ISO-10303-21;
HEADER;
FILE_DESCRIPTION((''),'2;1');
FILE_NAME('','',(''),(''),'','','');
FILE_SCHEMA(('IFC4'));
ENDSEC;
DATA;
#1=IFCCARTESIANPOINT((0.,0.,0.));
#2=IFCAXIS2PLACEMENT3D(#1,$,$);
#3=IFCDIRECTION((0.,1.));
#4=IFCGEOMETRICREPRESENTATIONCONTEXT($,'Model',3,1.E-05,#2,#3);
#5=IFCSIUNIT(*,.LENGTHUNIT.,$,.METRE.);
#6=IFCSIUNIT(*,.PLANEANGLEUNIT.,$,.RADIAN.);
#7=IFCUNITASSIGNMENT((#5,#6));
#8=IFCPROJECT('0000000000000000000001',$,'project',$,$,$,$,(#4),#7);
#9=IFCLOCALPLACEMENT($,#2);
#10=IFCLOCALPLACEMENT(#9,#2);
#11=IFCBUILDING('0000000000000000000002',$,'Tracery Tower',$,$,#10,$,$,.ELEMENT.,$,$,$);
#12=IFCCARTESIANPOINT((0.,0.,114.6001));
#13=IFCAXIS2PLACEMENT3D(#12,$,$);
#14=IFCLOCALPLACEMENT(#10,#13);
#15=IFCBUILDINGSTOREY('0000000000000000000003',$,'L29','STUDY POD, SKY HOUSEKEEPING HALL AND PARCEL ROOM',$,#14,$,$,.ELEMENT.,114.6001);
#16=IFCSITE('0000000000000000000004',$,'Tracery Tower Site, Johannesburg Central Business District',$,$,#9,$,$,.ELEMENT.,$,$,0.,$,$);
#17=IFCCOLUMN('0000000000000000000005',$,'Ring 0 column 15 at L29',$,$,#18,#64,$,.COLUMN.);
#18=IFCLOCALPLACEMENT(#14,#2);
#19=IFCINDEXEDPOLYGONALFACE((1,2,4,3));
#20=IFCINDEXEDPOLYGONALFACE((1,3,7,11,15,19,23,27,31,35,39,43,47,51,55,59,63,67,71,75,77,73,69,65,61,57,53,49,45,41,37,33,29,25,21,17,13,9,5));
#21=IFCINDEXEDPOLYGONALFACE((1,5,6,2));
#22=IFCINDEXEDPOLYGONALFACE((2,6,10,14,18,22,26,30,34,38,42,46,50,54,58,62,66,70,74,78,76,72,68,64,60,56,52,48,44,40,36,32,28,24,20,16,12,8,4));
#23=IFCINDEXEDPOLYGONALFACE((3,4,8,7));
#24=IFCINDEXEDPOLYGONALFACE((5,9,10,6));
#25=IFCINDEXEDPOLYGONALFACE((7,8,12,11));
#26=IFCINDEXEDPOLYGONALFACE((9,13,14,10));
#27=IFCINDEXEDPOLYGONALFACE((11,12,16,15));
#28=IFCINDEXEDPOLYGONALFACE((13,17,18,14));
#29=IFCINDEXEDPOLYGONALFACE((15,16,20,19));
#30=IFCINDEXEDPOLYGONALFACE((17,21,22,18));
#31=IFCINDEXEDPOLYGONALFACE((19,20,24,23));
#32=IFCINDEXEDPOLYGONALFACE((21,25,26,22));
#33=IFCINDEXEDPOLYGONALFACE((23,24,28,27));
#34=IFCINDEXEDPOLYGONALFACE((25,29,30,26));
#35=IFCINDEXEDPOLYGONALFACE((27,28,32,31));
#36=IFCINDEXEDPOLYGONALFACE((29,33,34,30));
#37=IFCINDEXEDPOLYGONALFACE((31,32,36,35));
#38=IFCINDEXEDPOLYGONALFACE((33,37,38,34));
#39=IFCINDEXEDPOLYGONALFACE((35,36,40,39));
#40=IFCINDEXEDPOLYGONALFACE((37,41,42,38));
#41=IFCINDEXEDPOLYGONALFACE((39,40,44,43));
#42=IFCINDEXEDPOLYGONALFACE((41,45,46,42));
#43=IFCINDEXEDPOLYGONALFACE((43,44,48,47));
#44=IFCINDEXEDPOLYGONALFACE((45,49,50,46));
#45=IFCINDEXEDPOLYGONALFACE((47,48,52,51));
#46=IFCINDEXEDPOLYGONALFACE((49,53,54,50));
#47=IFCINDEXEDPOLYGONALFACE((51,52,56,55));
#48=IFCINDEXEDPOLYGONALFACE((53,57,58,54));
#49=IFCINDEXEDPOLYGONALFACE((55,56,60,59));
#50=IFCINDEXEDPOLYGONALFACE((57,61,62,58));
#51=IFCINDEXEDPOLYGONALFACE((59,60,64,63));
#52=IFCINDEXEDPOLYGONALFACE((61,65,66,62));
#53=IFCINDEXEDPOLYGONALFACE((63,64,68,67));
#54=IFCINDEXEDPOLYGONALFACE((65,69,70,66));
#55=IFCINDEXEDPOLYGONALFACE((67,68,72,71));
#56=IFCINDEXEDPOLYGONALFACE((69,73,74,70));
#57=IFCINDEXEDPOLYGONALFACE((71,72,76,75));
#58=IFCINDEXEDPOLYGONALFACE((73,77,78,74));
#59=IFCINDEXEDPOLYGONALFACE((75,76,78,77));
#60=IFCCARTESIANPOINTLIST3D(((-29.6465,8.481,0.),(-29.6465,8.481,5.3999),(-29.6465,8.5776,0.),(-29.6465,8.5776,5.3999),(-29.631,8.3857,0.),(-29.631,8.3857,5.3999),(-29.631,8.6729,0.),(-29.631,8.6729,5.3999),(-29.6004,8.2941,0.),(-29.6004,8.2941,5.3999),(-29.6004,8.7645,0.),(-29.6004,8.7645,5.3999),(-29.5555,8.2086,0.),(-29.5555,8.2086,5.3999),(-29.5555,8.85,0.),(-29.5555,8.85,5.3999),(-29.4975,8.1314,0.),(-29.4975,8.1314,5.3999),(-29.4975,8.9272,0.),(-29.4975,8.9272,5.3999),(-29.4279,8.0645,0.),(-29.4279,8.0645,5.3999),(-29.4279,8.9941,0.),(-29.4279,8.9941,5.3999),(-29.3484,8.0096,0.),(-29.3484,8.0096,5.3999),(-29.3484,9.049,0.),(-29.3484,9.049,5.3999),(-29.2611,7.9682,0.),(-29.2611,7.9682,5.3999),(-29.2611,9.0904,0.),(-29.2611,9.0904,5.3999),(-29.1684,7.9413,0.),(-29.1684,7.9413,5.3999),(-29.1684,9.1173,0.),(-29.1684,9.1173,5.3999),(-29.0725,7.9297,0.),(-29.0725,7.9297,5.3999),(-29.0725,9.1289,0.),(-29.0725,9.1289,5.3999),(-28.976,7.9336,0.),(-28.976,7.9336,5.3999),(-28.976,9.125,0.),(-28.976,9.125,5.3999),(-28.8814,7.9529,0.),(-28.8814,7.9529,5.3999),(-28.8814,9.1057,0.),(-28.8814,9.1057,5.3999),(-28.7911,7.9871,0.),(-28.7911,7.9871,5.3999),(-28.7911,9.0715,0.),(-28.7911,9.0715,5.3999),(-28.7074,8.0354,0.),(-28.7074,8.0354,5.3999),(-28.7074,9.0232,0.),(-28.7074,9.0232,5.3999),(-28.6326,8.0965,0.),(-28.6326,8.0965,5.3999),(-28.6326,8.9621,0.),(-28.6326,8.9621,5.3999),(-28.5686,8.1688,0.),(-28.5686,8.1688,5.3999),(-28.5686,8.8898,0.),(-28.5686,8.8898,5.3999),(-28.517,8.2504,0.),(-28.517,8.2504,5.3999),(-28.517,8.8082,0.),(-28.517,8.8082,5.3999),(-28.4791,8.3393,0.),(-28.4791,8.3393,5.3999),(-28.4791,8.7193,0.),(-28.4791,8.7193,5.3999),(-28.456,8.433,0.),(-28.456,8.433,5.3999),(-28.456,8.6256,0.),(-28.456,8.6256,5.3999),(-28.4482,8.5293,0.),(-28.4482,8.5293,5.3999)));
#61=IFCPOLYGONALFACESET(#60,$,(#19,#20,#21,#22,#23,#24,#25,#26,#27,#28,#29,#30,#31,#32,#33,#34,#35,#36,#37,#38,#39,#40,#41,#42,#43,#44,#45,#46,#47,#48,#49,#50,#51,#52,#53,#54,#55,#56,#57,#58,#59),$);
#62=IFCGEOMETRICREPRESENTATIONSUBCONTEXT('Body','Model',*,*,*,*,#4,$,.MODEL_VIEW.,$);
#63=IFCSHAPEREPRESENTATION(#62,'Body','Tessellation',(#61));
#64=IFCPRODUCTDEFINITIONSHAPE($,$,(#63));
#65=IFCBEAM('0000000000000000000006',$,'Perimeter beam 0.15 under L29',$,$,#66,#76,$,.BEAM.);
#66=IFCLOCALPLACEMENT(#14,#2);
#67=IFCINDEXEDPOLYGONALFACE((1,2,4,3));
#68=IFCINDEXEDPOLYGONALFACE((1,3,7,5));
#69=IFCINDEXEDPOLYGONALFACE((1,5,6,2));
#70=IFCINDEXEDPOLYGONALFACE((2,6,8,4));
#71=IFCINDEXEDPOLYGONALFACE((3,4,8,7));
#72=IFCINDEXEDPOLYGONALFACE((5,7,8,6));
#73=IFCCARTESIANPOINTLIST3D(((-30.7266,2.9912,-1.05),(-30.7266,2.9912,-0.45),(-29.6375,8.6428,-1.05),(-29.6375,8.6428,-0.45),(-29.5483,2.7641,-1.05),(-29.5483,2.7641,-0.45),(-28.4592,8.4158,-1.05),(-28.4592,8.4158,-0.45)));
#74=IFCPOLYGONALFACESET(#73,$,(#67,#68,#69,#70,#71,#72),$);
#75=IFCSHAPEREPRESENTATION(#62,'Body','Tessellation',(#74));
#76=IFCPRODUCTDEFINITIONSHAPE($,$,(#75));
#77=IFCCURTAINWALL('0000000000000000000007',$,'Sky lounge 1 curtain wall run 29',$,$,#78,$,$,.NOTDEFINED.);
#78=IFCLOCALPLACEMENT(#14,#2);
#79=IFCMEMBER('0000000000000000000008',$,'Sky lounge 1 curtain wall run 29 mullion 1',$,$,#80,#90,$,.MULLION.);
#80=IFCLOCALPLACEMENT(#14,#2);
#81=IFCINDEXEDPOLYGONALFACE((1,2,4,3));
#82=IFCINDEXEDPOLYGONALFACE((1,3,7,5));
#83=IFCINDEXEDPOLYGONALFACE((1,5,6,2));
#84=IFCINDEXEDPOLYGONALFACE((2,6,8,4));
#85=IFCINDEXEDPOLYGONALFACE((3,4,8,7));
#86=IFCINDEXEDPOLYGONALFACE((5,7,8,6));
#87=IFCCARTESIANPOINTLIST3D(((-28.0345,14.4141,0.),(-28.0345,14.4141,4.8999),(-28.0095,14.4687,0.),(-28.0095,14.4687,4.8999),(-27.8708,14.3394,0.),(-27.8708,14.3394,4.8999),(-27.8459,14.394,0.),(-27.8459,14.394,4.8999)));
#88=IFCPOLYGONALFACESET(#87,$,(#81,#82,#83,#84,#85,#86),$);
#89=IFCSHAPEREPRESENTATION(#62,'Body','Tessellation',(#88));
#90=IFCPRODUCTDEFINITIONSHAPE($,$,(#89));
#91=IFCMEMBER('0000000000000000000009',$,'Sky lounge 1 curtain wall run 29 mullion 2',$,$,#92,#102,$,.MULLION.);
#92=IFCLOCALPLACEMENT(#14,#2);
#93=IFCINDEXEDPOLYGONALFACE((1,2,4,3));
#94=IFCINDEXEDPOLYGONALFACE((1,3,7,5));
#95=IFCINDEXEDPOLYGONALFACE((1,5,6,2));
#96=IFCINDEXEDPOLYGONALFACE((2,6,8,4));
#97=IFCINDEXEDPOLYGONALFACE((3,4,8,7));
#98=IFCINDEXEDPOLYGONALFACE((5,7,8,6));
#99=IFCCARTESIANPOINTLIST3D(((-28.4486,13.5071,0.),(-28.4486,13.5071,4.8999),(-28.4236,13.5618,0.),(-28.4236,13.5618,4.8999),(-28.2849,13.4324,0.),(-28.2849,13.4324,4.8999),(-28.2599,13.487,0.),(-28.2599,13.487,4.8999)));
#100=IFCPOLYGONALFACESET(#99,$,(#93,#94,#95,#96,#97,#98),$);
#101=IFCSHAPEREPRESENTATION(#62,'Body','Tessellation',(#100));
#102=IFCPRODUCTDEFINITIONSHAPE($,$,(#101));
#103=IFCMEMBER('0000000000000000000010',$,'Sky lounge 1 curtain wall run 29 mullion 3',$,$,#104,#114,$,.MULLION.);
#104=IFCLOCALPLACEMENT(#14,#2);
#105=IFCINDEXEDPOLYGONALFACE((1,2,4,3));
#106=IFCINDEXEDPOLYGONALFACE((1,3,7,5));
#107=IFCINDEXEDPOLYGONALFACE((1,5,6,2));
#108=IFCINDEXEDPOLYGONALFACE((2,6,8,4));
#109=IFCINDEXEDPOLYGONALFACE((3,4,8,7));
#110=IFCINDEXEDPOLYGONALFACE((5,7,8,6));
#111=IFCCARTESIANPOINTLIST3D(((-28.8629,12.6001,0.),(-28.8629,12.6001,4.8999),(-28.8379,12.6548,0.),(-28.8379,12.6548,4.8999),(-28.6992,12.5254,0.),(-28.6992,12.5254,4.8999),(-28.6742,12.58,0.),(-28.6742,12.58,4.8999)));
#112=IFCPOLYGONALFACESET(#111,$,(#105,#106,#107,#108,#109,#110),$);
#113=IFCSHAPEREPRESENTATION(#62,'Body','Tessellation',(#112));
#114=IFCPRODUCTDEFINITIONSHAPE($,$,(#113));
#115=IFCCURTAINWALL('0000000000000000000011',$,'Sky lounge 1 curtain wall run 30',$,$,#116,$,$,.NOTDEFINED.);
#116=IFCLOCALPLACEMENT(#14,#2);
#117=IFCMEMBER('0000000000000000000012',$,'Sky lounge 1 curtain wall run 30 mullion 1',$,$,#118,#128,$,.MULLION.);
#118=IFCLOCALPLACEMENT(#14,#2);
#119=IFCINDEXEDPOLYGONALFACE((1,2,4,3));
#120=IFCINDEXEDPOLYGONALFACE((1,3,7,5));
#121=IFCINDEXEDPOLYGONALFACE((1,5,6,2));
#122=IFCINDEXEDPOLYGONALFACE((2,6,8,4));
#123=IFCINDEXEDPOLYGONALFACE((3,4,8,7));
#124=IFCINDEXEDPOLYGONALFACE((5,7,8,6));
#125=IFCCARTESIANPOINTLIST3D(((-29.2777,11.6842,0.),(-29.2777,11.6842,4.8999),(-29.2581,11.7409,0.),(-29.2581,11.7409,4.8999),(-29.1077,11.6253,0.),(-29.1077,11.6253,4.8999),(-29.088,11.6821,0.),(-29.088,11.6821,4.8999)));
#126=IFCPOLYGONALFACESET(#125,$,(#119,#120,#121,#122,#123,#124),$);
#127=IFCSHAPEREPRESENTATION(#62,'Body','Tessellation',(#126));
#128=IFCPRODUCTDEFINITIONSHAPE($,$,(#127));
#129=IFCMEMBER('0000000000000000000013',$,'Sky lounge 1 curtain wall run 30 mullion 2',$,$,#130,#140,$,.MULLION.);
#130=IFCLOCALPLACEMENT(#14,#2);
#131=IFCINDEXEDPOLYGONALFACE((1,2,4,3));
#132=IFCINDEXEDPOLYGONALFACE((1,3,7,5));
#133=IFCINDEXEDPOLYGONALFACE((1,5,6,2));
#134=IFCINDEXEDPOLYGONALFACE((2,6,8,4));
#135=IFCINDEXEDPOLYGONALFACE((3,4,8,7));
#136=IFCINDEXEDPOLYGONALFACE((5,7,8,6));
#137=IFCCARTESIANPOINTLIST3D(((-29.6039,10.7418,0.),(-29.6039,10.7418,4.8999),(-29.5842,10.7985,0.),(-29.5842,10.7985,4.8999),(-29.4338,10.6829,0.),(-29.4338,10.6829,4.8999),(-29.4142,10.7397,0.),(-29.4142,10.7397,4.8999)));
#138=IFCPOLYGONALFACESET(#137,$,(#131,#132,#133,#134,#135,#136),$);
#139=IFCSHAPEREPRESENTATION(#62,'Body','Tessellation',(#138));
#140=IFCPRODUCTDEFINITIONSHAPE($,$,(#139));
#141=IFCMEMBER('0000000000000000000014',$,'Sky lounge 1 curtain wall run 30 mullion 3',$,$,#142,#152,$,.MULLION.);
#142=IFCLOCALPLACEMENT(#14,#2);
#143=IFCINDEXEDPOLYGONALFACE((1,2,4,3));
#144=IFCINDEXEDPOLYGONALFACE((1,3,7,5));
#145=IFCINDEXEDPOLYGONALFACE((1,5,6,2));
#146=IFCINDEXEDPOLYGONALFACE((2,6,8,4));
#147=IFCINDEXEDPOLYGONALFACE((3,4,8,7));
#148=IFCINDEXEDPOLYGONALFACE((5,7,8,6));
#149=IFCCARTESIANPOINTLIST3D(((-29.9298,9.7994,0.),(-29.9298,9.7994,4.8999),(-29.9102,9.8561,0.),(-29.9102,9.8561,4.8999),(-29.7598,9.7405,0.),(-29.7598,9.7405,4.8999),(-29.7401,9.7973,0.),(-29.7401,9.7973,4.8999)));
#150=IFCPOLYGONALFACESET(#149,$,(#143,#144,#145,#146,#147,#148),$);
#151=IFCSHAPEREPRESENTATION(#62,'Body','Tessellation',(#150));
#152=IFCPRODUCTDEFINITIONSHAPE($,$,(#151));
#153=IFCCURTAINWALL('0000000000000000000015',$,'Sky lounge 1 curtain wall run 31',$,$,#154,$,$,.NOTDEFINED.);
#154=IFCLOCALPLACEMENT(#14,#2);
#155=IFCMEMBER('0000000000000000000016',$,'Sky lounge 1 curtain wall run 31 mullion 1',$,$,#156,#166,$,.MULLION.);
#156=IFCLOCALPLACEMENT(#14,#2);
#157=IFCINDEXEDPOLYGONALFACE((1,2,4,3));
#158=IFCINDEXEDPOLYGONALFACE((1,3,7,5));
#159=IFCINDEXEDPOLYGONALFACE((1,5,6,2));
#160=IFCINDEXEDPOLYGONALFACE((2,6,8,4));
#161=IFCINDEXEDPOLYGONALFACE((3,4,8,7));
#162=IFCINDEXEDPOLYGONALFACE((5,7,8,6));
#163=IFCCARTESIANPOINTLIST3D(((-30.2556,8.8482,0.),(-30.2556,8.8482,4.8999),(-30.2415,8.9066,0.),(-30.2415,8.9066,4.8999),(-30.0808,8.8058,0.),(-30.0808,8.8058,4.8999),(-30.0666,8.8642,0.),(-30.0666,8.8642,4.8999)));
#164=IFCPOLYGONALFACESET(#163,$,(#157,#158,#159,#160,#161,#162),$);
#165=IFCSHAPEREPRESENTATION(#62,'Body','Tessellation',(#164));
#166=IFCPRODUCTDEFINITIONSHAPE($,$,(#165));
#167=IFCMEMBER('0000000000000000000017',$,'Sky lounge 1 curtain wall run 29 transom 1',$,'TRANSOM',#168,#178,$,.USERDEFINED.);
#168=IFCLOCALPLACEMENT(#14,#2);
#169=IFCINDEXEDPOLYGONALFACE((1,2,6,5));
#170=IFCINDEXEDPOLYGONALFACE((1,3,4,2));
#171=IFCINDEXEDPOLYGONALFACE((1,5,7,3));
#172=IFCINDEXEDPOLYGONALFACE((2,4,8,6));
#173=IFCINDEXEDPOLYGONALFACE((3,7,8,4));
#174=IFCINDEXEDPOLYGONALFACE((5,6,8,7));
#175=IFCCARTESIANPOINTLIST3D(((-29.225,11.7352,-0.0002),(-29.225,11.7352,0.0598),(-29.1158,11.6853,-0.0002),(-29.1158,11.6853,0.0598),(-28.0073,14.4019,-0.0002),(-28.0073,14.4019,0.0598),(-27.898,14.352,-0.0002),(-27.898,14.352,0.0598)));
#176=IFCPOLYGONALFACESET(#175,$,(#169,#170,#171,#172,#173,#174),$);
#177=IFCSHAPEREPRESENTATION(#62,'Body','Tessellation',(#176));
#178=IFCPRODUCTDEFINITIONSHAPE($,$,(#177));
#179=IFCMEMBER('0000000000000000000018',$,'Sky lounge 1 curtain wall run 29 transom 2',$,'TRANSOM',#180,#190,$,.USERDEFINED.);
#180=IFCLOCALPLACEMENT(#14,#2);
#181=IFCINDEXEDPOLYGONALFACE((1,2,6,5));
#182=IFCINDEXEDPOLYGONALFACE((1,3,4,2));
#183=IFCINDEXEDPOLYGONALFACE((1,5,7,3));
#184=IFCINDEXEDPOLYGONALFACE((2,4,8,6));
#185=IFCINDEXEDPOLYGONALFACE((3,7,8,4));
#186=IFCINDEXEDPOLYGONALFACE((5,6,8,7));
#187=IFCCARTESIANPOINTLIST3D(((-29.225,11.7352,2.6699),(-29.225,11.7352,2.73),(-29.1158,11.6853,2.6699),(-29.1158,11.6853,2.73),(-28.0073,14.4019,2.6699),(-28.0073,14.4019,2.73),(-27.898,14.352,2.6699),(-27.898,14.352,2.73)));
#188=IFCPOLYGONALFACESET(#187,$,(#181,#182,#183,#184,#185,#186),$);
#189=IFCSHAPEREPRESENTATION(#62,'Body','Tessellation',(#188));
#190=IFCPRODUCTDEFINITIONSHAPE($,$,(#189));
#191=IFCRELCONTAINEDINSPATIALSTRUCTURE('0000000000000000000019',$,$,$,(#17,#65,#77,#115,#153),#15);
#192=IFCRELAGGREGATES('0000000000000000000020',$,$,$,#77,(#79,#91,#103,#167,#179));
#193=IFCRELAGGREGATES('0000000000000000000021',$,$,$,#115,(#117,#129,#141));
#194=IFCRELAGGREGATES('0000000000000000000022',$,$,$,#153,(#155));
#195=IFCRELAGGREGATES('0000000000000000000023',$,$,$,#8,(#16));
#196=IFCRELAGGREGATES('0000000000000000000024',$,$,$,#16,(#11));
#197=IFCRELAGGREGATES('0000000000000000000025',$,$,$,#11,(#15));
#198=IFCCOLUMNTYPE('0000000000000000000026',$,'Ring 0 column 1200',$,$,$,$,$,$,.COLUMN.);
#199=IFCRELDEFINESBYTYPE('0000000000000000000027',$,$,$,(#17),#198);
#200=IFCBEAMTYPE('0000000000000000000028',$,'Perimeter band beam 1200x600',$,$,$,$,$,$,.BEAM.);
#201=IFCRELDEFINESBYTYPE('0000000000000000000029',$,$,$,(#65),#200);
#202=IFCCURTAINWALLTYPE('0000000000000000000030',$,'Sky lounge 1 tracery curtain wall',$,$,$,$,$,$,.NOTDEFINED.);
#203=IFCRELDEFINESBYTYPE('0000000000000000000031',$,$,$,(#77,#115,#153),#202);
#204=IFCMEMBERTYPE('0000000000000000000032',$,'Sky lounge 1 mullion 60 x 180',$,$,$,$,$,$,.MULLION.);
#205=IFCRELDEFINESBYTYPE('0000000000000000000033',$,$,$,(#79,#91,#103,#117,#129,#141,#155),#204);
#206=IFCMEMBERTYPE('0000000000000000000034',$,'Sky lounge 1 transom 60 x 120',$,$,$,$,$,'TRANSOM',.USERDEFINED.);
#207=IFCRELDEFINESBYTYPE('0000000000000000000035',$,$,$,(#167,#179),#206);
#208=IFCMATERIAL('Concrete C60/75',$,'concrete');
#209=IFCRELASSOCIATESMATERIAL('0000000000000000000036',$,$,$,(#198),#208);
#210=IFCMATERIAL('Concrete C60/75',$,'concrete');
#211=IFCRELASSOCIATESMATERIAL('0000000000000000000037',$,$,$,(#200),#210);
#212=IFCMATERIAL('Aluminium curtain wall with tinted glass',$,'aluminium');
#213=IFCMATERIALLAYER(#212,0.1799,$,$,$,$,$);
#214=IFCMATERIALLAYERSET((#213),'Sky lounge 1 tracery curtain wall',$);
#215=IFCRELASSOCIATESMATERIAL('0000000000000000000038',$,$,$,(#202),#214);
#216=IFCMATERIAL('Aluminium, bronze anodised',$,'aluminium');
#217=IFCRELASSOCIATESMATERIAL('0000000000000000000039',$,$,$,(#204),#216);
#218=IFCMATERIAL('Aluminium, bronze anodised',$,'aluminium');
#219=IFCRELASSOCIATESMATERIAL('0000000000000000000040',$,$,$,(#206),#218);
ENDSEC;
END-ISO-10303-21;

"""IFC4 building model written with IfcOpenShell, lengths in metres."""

from ifc_helpers import new_model, si_unit, direction, frame, origin, origin_2d, place, context, subcontext, project, spatial, rectangle, circle, extrude, material, layer, layer_set, material_profile, profile_set, type_object, element, aggregate, save


model = new_model("IFC4")

# Units and contexts
model_context = context("Model", 3, precision=1e-05, world=origin(), true_north=direction((0.0, 1.0)))
body_context = subcontext(model_context, "Body", "Model", "MODEL_VIEW")
ifc_project = project(units=[si_unit("LENGTHUNIT", "METRE"), si_unit("PLANEANGLEUNIT", "RADIAN")], contexts=[model_context])

# Site, building, storey
site_placement = place(None, origin())
site = spatial("IfcSite", under=ifc_project, at=site_placement, Name="Tracery Tower Site, Johannesburg Central Business District", CompositionType="ELEMENT", RefElevation=0.0)
building_placement = place(site_placement, origin())
building = spatial("IfcBuilding", under=site, at=building_placement, Name="Tracery Tower", CompositionType="ELEMENT")
storey_placement = place(building_placement, frame((0.0, 0.0, 114.6001)))
storey = spatial("IfcBuildingStorey", under=building, at=storey_placement, Name="L29", Description="STUDY POD, SKY HOUSEKEEPING HALL AND PARCEL ROOM", CompositionType="ELEMENT", Elevation=114.6001)

# Column
ifc_material_1 = material(Name="Concrete C60/75", Category="concrete")
ifc_material_profile_1 = material_profile(ifc_material_1, circle(Radius=0.6001, at=origin_2d()), Name="RC D1200")
ifc_profile_set_1 = profile_set([ifc_material_profile_1], Name="Concrete C60/75")
column_type = type_object("IfcColumnType", Name="Ring 0 column 1200", PredefinedType="COLUMN", material=ifc_profile_set_1)
column_placement = place(storey_placement, frame((-29.0483, 8.5293, 0.0), z_axis=(0.0, 0.0, 1.0), x_axis=(1.0, 0.0, 0.0)))
element("IfcColumn", 1, at=column_placement, inside=storey, type_object=column_type, Name="Ring 0 column 15 at L29", PredefinedType="COLUMN", context=body_context, shape_type="SweptSolid", body=[
    extrude(circle(Radius=0.6001, at=origin_2d()), origin(), (0.0, 0.0, 1.0), 5.3999),
])

# Beam
ifc_material_2 = material(Name="Concrete C60/75", Category="concrete")
ifc_material_profile_2 = material_profile(ifc_material_2, rectangle(XDim=1.2, YDim=0.6001, at=origin_2d()), Name="RC 1200x600")
ifc_profile_set_2 = profile_set([ifc_material_profile_2], Name="Concrete C60/75")
beam_type = type_object("IfcBeamType", Name="Perimeter band beam 1200x600", PredefinedType="BEAM", material=ifc_profile_set_2)
beam_placement = place(storey_placement, frame((-29.0483, 8.5293, -0.75), z_axis=(-0.189227, -0.981933, 0.0), x_axis=(0.981933, -0.189227, 0.0)))
element("IfcBeam", 2, at=beam_placement, inside=storey, type_object=beam_type, Name="Perimeter beam 0.15 under L29", PredefinedType="BEAM", context=body_context, shape_type="SweptSolid", body=[
    extrude(rectangle(XDim=1.2, YDim=0.6001, at=origin_2d()), origin(), (0.0, 0.0, 1.0), 5.7556),
])

# Curtain walls, members
ifc_material_3 = material(Name="Aluminium curtain wall with tinted glass", Category="aluminium")
ifc_layer_1 = layer(ifc_material_3, 0.1799)
ifc_layer_set_1 = layer_set([ifc_layer_1], Name="Sky lounge 1 tracery curtain wall")
curtain_wall_type = type_object("IfcCurtainWallType", Name="Sky lounge 1 tracery curtain wall", PredefinedType="NOTDEFINED", material=ifc_layer_set_1)
curtain_wall_1_placement = place(storey_placement, origin())
curtain_wall_1 = element("IfcCurtainWall", 3, at=curtain_wall_1_placement, inside=storey, type_object=curtain_wall_type, Name="Sky lounge 1 curtain wall run 29", PredefinedType="NOTDEFINED")
ifc_material_4 = material(Name="Aluminium, bronze anodised", Category="aluminium")
ifc_material_profile_3 = material_profile(ifc_material_4, rectangle(XDim=0.1799, YDim=0.0601, at=origin_2d()), Name="AL 60x180")
ifc_profile_set_3 = profile_set([ifc_material_profile_3], Name="Aluminium, bronze anodised")
member_type_1 = type_object("IfcMemberType", Name="Sky lounge 1 mullion 60 x 180", PredefinedType="MULLION", material=ifc_profile_set_3)
member_1_placement = place(storey_placement, frame((-27.9402, 14.4041, 0.0), z_axis=(0.0, 0.0, 1.0), x_axis=(0.909632, -0.415415, 0.0)))
member_1 = element("IfcMember", 4, at=member_1_placement, type_object=member_type_1, Name="Sky lounge 1 curtain wall run 29 mullion 1", PredefinedType="MULLION", context=body_context, shape_type="SweptSolid", body=[
    extrude(rectangle(XDim=0.1799, YDim=0.0601, at=origin_2d()), origin(), (0.0, 0.0, 1.0), 4.8999),
])
member_2_placement = place(storey_placement, frame((-28.3542, 13.4971, 0.0), z_axis=(0.0, 0.0, 1.0), x_axis=(0.909632, -0.415415, 0.0)))
member_2 = element("IfcMember", 5, at=member_2_placement, type_object=member_type_1, Name="Sky lounge 1 curtain wall run 29 mullion 2", PredefinedType="MULLION", context=body_context, shape_type="SweptSolid", body=[
    extrude(rectangle(XDim=0.1799, YDim=0.0601, at=origin_2d()), origin(), (0.0, 0.0, 1.0), 4.8999),
])
member_3_placement = place(storey_placement, frame((-28.7686, 12.5901, 0.0), z_axis=(0.0, 0.0, 1.0), x_axis=(0.909632, -0.415415, 0.0)))
member_3 = element("IfcMember", 6, at=member_3_placement, type_object=member_type_1, Name="Sky lounge 1 curtain wall run 29 mullion 3", PredefinedType="MULLION", context=body_context, shape_type="SweptSolid", body=[
    extrude(rectangle(XDim=0.1799, YDim=0.0601, at=origin_2d()), origin(), (0.0, 0.0, 1.0), 4.8999),
])
curtain_wall_2_placement = place(storey_placement, origin())
curtain_wall_2 = element("IfcCurtainWall", 7, at=curtain_wall_2_placement, inside=storey, type_object=curtain_wall_type, Name="Sky lounge 1 curtain wall run 30", PredefinedType="NOTDEFINED")
member_4_placement = place(storey_placement, frame((-29.1829, 11.6831, 0.0), z_axis=(0.0, 0.0, 1.0), x_axis=(0.945001, -0.327068, 0.0)))
member_4 = element("IfcMember", 8, at=member_4_placement, type_object=member_type_1, Name="Sky lounge 1 curtain wall run 30 mullion 1", PredefinedType="MULLION", context=body_context, shape_type="SweptSolid", body=[
    extrude(rectangle(XDim=0.1799, YDim=0.0601, at=origin_2d()), origin(), (0.0, 0.0, 1.0), 4.8999),
])
member_5_placement = place(storey_placement, frame((-29.509, 10.7407, 0.0), z_axis=(0.0, 0.0, 1.0), x_axis=(0.945001, -0.327068, 0.0)))
member_5 = element("IfcMember", 9, at=member_5_placement, type_object=member_type_1, Name="Sky lounge 1 curtain wall run 30 mullion 2", PredefinedType="MULLION", context=body_context, shape_type="SweptSolid", body=[
    extrude(rectangle(XDim=0.1799, YDim=0.0601, at=origin_2d()), origin(), (0.0, 0.0, 1.0), 4.8999),
])
member_6_placement = place(storey_placement, frame((-29.835, 9.7983, 0.0), z_axis=(0.0, 0.0, 1.0), x_axis=(0.945001, -0.327068, 0.0)))
member_6 = element("IfcMember", 10, at=member_6_placement, type_object=member_type_1, Name="Sky lounge 1 curtain wall run 30 mullion 3", PredefinedType="MULLION", context=body_context, shape_type="SweptSolid", body=[
    extrude(rectangle(XDim=0.1799, YDim=0.0601, at=origin_2d()), origin(), (0.0, 0.0, 1.0), 4.8999),
])

# Curtain wall, member
curtain_wall_3_placement = place(storey_placement, origin())
curtain_wall_3 = element("IfcCurtainWall", 11, at=curtain_wall_3_placement, inside=storey, type_object=curtain_wall_type, Name="Sky lounge 1 curtain wall run 31", PredefinedType="NOTDEFINED")
member_7_placement = place(storey_placement, frame((-30.1611, 8.8562, 0.0), z_axis=(0.0, 0.0, 1.0), x_axis=(0.971812, -0.235759, 0.0)))
member_7 = element("IfcMember", 12, at=member_7_placement, type_object=member_type_1, Name="Sky lounge 1 curtain wall run 31 mullion 1", PredefinedType="MULLION", context=body_context, shape_type="SweptSolid", body=[
    extrude(rectangle(XDim=0.1799, YDim=0.0601, at=origin_2d()), origin(), (0.0, 0.0, 1.0), 4.8999),
])

# Members
ifc_material_5 = material(Name="Aluminium, bronze anodised", Category="aluminium")
ifc_material_profile_4 = material_profile(ifc_material_5, rectangle(XDim=0.1201, YDim=0.0601, at=origin_2d()), Name="AL 60x120")
ifc_profile_set_4 = profile_set([ifc_material_profile_4], Name="Aluminium, bronze anodised")
member_type_2 = type_object("IfcMemberType", Name="Sky lounge 1 transom 60 x 120", ElementType="TRANSOM", PredefinedType="USERDEFINED", material=ifc_profile_set_4)
member_8_placement = place(storey_placement, frame((-27.9526, 14.377, 0.0298), z_axis=(-0.41539, -0.909644, 0.0), x_axis=(0.909644, -0.41539, 0.0)))
member_8 = element("IfcMember", 13, at=member_8_placement, type_object=member_type_2, Name="Sky lounge 1 curtain wall run 29 transom 1", ObjectType="TRANSOM", PredefinedType="USERDEFINED", context=body_context, shape_type="SweptSolid", body=[
    extrude(rectangle(XDim=0.1201, YDim=0.0601, at=origin_2d()), origin(), (0.0, 0.0, 1.0), 2.9316),
])
member_9_placement = place(storey_placement, frame((-27.9526, 14.377, 2.7), z_axis=(-0.41539, -0.909644, 0.0), x_axis=(0.909644, -0.41539, 0.0)))
member_9 = element("IfcMember", 14, at=member_9_placement, type_object=member_type_2, Name="Sky lounge 1 curtain wall run 29 transom 2", ObjectType="TRANSOM", PredefinedType="USERDEFINED", context=body_context, shape_type="SweptSolid", body=[
    extrude(rectangle(XDim=0.1201, YDim=0.0601, at=origin_2d()), origin(), (0.0, 0.0, 1.0), 2.9316),
])

aggregate(curtain_wall_1, [member_1, member_2, member_3, member_8, member_9])
aggregate(curtain_wall_2, [member_4, member_5, member_6])
aggregate(curtain_wall_3, [member_7])

save(model, "model.ifc")
